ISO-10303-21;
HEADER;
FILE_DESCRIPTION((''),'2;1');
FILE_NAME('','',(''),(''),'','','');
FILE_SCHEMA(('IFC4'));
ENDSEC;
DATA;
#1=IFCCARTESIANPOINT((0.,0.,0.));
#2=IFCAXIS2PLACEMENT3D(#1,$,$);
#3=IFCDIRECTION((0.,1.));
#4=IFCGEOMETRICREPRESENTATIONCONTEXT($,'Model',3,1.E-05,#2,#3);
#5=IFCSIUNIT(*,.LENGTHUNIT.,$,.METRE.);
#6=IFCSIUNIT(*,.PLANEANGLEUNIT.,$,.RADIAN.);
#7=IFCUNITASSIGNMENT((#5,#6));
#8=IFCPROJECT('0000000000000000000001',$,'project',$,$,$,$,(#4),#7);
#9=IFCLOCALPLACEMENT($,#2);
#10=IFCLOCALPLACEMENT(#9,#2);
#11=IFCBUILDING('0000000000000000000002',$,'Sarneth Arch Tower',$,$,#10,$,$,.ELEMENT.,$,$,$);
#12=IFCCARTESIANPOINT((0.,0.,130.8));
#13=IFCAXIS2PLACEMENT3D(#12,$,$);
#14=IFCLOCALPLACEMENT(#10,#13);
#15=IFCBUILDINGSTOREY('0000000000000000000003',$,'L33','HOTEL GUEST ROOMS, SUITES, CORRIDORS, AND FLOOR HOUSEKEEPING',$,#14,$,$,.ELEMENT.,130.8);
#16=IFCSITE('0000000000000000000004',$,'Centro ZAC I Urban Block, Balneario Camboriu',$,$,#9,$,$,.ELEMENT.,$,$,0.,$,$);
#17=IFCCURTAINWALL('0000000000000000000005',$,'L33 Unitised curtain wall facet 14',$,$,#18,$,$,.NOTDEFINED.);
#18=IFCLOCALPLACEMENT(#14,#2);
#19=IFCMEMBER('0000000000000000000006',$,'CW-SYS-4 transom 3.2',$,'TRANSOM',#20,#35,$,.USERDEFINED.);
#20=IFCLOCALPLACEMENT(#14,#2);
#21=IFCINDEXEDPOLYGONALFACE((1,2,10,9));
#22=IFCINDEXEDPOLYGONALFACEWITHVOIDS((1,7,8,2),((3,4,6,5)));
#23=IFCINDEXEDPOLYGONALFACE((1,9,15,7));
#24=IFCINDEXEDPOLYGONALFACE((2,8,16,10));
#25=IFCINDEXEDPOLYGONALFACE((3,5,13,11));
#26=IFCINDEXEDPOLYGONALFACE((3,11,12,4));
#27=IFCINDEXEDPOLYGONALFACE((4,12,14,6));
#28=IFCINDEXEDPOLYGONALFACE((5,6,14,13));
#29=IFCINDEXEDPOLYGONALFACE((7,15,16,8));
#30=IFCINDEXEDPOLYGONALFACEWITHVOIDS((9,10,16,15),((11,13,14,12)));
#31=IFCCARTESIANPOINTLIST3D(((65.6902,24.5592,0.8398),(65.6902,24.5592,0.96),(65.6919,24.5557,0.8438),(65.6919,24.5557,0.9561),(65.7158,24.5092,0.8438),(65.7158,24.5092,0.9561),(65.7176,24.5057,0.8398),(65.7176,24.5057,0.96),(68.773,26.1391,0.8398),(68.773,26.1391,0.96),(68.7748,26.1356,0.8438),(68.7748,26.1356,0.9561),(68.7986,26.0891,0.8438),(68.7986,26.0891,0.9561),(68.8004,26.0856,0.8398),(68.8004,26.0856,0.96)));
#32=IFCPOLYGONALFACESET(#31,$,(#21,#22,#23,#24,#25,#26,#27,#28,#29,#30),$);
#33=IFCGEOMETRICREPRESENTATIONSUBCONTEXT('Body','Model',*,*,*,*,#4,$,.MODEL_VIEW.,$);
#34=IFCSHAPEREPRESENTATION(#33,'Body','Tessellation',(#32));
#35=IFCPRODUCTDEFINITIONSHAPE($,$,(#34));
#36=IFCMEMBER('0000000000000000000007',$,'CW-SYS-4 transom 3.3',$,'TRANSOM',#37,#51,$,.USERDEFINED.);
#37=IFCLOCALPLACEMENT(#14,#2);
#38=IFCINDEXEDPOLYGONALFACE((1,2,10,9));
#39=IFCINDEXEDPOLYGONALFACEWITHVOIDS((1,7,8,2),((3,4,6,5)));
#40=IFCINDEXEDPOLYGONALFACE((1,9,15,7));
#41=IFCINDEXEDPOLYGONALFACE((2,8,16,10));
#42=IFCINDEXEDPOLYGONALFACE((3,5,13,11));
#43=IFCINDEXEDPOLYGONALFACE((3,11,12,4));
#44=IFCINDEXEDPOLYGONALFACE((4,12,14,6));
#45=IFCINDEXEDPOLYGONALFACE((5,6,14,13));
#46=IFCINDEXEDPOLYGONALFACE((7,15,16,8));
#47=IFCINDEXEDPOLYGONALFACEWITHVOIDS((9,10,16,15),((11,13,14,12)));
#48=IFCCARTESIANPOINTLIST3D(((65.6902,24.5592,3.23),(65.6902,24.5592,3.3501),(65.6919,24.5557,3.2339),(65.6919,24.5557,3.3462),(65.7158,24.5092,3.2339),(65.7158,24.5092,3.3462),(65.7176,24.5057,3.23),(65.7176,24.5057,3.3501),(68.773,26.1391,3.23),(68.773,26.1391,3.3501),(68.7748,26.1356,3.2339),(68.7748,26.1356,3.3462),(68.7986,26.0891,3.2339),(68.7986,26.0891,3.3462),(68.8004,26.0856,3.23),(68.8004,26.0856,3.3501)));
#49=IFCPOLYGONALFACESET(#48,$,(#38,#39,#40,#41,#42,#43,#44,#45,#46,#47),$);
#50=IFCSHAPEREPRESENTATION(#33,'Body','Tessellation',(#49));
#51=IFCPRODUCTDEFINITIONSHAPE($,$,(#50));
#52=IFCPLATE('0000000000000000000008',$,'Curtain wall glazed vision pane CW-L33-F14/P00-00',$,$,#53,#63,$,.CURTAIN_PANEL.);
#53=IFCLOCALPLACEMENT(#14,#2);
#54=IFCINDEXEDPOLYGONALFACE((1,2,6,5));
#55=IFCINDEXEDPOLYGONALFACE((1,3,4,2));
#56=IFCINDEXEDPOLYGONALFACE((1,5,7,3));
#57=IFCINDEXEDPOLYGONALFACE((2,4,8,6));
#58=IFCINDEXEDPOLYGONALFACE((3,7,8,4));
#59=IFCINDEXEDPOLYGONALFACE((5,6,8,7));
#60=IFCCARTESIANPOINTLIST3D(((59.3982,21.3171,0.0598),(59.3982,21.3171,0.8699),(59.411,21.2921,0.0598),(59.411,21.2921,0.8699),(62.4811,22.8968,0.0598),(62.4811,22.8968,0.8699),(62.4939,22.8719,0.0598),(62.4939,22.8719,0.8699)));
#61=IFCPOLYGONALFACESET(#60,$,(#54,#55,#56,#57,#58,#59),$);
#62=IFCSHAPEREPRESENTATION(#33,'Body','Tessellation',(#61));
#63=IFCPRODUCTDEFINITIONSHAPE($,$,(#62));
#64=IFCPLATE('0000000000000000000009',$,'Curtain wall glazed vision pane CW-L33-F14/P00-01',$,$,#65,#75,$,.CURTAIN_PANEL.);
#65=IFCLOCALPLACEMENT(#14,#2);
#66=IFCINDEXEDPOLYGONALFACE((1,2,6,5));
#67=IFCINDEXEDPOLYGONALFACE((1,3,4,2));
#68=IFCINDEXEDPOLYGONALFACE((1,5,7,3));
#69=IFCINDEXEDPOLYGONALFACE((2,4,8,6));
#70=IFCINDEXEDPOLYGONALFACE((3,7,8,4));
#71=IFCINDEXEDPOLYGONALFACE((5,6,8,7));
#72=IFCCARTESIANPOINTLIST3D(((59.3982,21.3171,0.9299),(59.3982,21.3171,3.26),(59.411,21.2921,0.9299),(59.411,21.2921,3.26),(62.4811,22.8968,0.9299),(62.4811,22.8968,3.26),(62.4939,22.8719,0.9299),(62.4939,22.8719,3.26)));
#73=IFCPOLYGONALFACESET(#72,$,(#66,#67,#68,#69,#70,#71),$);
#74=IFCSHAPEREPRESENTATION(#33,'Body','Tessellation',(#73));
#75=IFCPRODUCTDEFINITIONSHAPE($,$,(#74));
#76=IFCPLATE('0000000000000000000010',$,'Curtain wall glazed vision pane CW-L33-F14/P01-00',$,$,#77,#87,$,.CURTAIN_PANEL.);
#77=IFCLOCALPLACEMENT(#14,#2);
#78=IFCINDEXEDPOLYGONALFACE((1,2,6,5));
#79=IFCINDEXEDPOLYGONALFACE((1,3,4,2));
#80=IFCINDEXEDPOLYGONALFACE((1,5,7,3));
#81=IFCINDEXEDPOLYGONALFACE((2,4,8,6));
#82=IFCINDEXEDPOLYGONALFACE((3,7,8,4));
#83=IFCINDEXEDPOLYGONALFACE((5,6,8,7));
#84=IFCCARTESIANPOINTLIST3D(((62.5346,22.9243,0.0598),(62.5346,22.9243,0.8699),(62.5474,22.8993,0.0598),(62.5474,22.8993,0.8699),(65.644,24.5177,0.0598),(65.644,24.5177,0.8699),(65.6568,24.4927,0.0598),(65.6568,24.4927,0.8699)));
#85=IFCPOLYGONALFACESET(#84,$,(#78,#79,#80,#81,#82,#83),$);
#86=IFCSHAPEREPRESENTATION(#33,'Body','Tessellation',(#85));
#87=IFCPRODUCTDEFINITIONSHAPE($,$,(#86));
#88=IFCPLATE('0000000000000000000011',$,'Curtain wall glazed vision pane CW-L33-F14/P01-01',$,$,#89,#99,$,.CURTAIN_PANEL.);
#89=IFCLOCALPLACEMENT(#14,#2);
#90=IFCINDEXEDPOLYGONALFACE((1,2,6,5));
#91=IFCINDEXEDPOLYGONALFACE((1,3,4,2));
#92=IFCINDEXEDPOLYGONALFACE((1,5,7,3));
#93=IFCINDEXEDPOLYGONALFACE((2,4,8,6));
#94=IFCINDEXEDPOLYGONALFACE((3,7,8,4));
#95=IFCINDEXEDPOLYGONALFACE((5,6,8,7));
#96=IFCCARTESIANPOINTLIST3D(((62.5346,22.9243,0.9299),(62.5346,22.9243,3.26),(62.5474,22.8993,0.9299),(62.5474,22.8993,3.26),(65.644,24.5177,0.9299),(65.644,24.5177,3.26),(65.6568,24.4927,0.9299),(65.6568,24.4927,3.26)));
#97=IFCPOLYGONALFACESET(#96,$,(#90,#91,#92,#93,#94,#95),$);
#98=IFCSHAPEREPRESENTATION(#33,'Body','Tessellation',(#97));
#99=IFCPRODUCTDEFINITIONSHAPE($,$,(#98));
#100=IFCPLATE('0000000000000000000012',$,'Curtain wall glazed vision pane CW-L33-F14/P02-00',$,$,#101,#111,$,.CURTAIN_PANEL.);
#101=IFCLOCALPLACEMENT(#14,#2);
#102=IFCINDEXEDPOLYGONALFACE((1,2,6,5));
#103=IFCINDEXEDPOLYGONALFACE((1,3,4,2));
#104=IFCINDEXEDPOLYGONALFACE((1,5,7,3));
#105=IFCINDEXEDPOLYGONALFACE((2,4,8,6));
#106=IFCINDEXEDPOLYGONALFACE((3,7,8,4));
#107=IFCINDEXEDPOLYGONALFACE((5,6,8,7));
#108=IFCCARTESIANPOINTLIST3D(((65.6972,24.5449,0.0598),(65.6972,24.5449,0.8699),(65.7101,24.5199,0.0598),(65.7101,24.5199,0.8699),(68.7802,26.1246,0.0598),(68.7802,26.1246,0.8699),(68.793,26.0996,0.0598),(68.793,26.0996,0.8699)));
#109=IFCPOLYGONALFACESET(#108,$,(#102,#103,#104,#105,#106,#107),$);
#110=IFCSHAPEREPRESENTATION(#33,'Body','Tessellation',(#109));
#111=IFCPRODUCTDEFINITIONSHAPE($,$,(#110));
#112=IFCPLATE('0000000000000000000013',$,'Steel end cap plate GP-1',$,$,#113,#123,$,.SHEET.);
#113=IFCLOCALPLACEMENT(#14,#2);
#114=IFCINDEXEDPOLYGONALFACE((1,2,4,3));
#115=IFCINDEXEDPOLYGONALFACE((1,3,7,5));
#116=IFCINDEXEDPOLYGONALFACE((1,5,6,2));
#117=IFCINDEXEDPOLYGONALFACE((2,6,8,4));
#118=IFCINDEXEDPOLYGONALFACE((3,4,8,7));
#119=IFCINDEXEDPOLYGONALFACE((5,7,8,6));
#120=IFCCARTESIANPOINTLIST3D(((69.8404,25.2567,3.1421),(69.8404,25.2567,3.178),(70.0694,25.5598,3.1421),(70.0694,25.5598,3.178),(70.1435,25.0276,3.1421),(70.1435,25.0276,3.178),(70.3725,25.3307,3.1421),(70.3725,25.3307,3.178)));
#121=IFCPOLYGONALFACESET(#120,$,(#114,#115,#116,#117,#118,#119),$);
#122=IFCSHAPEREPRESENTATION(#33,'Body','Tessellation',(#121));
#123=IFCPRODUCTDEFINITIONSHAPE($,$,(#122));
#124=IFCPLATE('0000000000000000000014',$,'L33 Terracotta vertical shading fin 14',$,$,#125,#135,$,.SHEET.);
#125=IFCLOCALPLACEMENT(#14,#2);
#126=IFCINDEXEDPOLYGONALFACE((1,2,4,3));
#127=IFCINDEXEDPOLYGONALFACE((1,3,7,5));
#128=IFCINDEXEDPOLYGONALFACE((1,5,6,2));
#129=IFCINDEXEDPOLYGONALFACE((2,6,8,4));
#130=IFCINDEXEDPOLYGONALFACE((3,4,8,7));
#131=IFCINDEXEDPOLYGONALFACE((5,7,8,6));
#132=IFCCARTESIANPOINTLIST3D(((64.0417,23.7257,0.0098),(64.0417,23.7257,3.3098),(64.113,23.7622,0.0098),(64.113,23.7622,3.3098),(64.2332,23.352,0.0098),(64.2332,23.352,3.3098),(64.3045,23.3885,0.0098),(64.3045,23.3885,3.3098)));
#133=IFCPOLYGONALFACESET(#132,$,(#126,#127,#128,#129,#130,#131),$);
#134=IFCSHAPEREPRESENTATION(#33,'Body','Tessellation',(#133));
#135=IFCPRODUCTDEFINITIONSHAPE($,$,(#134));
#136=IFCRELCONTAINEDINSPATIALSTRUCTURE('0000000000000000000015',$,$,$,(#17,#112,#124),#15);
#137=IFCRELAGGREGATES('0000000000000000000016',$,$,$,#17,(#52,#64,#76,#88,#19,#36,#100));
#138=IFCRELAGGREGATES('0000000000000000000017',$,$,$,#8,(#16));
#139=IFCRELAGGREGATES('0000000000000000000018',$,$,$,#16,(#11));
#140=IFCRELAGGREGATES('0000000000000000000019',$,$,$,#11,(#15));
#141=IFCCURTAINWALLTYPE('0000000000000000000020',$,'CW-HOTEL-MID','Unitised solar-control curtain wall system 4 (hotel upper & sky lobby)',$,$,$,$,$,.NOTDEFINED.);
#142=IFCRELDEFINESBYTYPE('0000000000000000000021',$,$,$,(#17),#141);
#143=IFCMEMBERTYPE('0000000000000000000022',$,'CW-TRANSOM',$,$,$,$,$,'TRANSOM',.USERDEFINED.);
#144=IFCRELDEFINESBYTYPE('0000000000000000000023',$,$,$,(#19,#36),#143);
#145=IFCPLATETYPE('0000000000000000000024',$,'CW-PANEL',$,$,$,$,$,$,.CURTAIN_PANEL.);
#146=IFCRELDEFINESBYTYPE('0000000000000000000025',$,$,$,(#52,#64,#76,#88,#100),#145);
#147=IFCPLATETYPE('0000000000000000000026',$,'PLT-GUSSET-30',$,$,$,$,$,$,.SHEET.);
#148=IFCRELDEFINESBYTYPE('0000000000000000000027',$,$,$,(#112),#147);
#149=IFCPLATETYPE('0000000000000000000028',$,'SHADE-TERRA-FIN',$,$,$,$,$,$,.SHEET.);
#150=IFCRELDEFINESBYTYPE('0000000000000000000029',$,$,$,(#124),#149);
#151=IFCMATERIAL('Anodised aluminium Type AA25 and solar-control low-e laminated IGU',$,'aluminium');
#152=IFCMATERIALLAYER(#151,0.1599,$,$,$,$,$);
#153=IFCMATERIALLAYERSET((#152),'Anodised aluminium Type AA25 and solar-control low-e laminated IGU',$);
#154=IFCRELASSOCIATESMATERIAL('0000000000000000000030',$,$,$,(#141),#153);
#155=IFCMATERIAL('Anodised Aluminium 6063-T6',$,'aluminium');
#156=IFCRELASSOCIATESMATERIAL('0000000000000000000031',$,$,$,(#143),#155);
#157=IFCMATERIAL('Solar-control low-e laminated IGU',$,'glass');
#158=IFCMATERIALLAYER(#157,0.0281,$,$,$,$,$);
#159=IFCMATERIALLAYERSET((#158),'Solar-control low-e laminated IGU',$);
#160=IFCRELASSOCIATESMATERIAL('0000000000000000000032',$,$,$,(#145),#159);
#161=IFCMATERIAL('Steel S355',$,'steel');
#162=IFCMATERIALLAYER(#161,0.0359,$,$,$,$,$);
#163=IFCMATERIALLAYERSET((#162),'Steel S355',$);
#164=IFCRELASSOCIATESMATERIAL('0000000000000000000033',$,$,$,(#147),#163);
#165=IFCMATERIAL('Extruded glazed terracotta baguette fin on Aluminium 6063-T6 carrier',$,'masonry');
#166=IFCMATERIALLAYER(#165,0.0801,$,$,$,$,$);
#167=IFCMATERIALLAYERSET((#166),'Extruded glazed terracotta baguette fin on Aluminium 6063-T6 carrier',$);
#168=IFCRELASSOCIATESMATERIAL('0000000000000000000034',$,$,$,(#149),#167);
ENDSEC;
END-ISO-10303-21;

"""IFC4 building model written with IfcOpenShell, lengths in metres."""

from ifc_helpers import new_model, si_unit, direction, frame, origin, origin_2d, place, context, subcontext, project, spatial, rectangle, hollow_rectangle, extrude, material, layer, layer_set, material_profile, profile_set, type_object, element, aggregate, save


model = new_model("IFC4")

# Units and contexts
model_context = context("Model", 3, precision=1e-05, world=origin(), true_north=direction((0.0, 1.0)))
body_context = subcontext(model_context, "Body", "Model", "MODEL_VIEW")
ifc_project = project(units=[si_unit("LENGTHUNIT", "METRE"), si_unit("PLANEANGLEUNIT", "RADIAN")], contexts=[model_context])

# Site, building, storey
site_placement = place(None, origin())
site = spatial("IfcSite", under=ifc_project, at=site_placement, Name="Centro ZAC I Urban Block, Balneario Camboriu", CompositionType="ELEMENT", RefElevation=0.0)
building_placement = place(site_placement, origin())
building = spatial("IfcBuilding", under=site, at=building_placement, Name="Sarneth Arch Tower", CompositionType="ELEMENT")
storey_placement = place(building_placement, frame((0.0, 0.0, 130.8)))
storey = spatial("IfcBuildingStorey", under=building, at=storey_placement, Name="L33", Description="HOTEL GUEST ROOMS, SUITES, CORRIDORS, AND FLOOR HOUSEKEEPING", CompositionType="ELEMENT", Elevation=130.8)

# Curtain wall, members, plates
ifc_material_1 = material(Name="Anodised aluminium Type AA25 and solar-control low-e laminated IGU", Category="aluminium")
ifc_layer_1 = layer(ifc_material_1, 0.1599)
ifc_layer_set_1 = layer_set([ifc_layer_1], Name="Anodised aluminium Type AA25 and solar-control low-e laminated IGU")
curtain_wall_type = type_object("IfcCurtainWallType", Name="CW-HOTEL-MID", Description="Unitised solar-control curtain wall system 4 (hotel upper & sky lobby)", PredefinedType="NOTDEFINED", material=ifc_layer_set_1)
curtain_wall_placement = place(storey_placement, origin())
curtain_wall = element("IfcCurtainWall", 1, at=curtain_wall_placement, inside=storey, type_object=curtain_wall_type, Name="L33 Unitised curtain wall facet 14", PredefinedType="NOTDEFINED")
ifc_material_2 = material(Name="Anodised Aluminium 6063-T6", Category="aluminium")
ifc_material_profile_1 = material_profile(ifc_material_2, hollow_rectangle(XDim=0.0601, YDim=0.1201, WallThickness=0.0039, at=origin_2d()), Name="AL-TRAN-120x60x4")
ifc_profile_set_1 = profile_set([ifc_material_profile_1], Name="Anodised Aluminium 6063-T6")
member_type_1 = type_object("IfcMemberType", Name="CW-TRANSOM", ElementType="TRANSOM", PredefinedType="USERDEFINED", material=ifc_profile_set_1)
member_1_placement = place(storey_placement, frame((65.7039, 24.5325, 0.8999), z_axis=(0.889943, 0.456072, 0.0), x_axis=(-0.456072, 0.889943, 0.0)))
member_1 = element("IfcMember", 2, at=member_1_placement, type_object=member_type_1, Name="CW-SYS-4 transom 3.2", ObjectType="TRANSOM", PredefinedType="USERDEFINED", context=body_context, shape_type="SweptSolid", body=[
    extrude(hollow_rectangle(XDim=0.0601, YDim=0.1201, WallThickness=0.0039, at=origin_2d()), origin(), (0.0, 0.0, 1.0), 3.4641),
])
member_2_placement = place(storey_placement, frame((65.7039, 24.5325, 3.29), z_axis=(0.889943, 0.456072, 0.0), x_axis=(-0.456072, 0.889943, 0.0)))
member_2 = element("IfcMember", 3, at=member_2_placement, type_object=member_type_1, Name="CW-SYS-4 transom 3.3", ObjectType="TRANSOM", PredefinedType="USERDEFINED", context=body_context, shape_type="SweptSolid", body=[
    extrude(hollow_rectangle(XDim=0.0601, YDim=0.1201, WallThickness=0.0039, at=origin_2d()), origin(), (0.0, 0.0, 1.0), 3.4641),
])
ifc_material_3 = material(Name="Solar-control low-e laminated IGU", Category="glass")
ifc_layer_2 = layer(ifc_material_3, 0.0281)
ifc_layer_set_2 = layer_set([ifc_layer_2], Name="Solar-control low-e laminated IGU")
plate_type_1 = type_object("IfcPlateType", Name="CW-PANEL", PredefinedType="CURTAIN_PANEL", material=ifc_layer_set_2)
plate_1_placement = place(storey_placement, frame((60.946, 22.0945, 0.0598), z_axis=(0.0, 0.0, 1.0), x_axis=(0.889964, 0.456031, 0.0)))
plate_1 = element("IfcPlate", 4, at=plate_1_placement, type_object=plate_type_1, Name="Curtain wall glazed vision pane CW-L33-F14/P00-00", PredefinedType="CURTAIN_PANEL", context=body_context, shape_type="SweptSolid", body=[
    extrude(rectangle(XDim=3.4641, YDim=0.0281, at=origin_2d()), origin(), (0.0, 0.0, 1.0), 0.8101),
])
plate_2_placement = place(storey_placement, frame((60.946, 22.0945, 0.9299), z_axis=(0.0, 0.0, 1.0), x_axis=(0.889964, 0.456031, 0.0)))
plate_2 = element("IfcPlate", 5, at=plate_2_placement, type_object=plate_type_1, Name="Curtain wall glazed vision pane CW-L33-F14/P00-01", PredefinedType="CURTAIN_PANEL", context=body_context, shape_type="SweptSolid", body=[
    extrude(rectangle(XDim=3.4641, YDim=0.0281, at=origin_2d()), origin(), (0.0, 0.0, 1.0), 2.3301),
])
plate_3_placement = place(storey_placement, frame((64.0957, 23.7085, 0.0598), z_axis=(0.0, 0.0, 1.0), x_axis=(0.889964, 0.456031, 0.0)))
plate_3 = element("IfcPlate", 6, at=plate_3_placement, type_object=plate_type_1, Name="Curtain wall glazed vision pane CW-L33-F14/P01-00", PredefinedType="CURTAIN_PANEL", context=body_context, shape_type="SweptSolid", body=[
    extrude(rectangle(XDim=3.4939, YDim=0.0281, at=origin_2d()), origin(), (0.0, 0.0, 1.0), 0.8101),
])
plate_4_placement = place(storey_placement, frame((64.0957, 23.7085, 0.9299), z_axis=(0.0, 0.0, 1.0), x_axis=(0.889964, 0.456031, 0.0)))
plate_4 = element("IfcPlate", 7, at=plate_4_placement, type_object=plate_type_1, Name="Curtain wall glazed vision pane CW-L33-F14/P01-01", PredefinedType="CURTAIN_PANEL", context=body_context, shape_type="SweptSolid", body=[
    extrude(rectangle(XDim=3.4939, YDim=0.0281, at=origin_2d()), origin(), (0.0, 0.0, 1.0), 2.3301),
])
plate_5_placement = place(storey_placement, frame((67.2451, 25.3223, 0.0598), z_axis=(0.0, 0.0, 1.0), x_axis=(0.889964, 0.456031, 0.0)))
plate_5 = element("IfcPlate", 8, at=plate_5_placement, type_object=plate_type_1, Name="Curtain wall glazed vision pane CW-L33-F14/P02-00", PredefinedType="CURTAIN_PANEL", context=body_context, shape_type="SweptSolid", body=[
    extrude(rectangle(XDim=3.4641, YDim=0.0281, at=origin_2d()), origin(), (0.0, 0.0, 1.0), 0.8101),
])
aggregate(curtain_wall, [plate_1, plate_2, plate_3, plate_4, member_1, member_2, plate_5])

# Plates
ifc_material_4 = material(Name="Steel S355", Category="steel")
ifc_layer_3 = layer(ifc_material_4, 0.0359)
ifc_layer_set_3 = layer_set([ifc_layer_3], Name="Steel S355")
plate_type_2 = type_object("IfcPlateType", Name="PLT-GUSSET-30", PredefinedType="SHEET", material=ifc_layer_set_3)
plate_6_placement = place(storey_placement, frame((70.1064, 25.2937, 3.1421), z_axis=(0.0, 0.0, 1.0), x_axis=(0.797794, -0.60293, 0.0)))
element("IfcPlate", 9, at=plate_6_placement, inside=storey, type_object=plate_type_2, Name="Steel end cap plate GP-1", PredefinedType="SHEET", context=body_context, shape_type="SweptSolid", body=[
    extrude(rectangle(XDim=0.3799, YDim=0.3799, at=origin_2d()), origin(), (0.0, 0.0, 1.0), 0.0359),
])
ifc_material_5 = material(Name="Extruded glazed terracotta baguette fin on Aluminium 6063-T6 carrier", Category="masonry")
ifc_layer_4 = layer(ifc_material_5, 0.0801)
ifc_layer_set_4 = layer_set([ifc_layer_4], Name="Extruded glazed terracotta baguette fin on Aluminium 6063-T6 carrier")
plate_type_3 = type_object("IfcPlateType", Name="SHADE-TERRA-FIN", PredefinedType="SHEET", material=ifc_layer_set_4)
plate_7_placement = place(storey_placement, frame((64.1731, 23.5571, 0.0098), z_axis=(0.0, 0.0, 1.0), x_axis=(0.456011, -0.889974, 0.0)))
element("IfcPlate", 10, at=plate_7_placement, inside=storey, type_object=plate_type_3, Name="L33 Terracotta vertical shading fin 14", PredefinedType="SHEET", context=body_context, shape_type="SweptSolid", body=[
    extrude(rectangle(XDim=0.4199, YDim=0.0801, at=origin_2d()), origin(), (0.0, 0.0, 1.0), 3.3),
])

save(model, "model.ifc")
